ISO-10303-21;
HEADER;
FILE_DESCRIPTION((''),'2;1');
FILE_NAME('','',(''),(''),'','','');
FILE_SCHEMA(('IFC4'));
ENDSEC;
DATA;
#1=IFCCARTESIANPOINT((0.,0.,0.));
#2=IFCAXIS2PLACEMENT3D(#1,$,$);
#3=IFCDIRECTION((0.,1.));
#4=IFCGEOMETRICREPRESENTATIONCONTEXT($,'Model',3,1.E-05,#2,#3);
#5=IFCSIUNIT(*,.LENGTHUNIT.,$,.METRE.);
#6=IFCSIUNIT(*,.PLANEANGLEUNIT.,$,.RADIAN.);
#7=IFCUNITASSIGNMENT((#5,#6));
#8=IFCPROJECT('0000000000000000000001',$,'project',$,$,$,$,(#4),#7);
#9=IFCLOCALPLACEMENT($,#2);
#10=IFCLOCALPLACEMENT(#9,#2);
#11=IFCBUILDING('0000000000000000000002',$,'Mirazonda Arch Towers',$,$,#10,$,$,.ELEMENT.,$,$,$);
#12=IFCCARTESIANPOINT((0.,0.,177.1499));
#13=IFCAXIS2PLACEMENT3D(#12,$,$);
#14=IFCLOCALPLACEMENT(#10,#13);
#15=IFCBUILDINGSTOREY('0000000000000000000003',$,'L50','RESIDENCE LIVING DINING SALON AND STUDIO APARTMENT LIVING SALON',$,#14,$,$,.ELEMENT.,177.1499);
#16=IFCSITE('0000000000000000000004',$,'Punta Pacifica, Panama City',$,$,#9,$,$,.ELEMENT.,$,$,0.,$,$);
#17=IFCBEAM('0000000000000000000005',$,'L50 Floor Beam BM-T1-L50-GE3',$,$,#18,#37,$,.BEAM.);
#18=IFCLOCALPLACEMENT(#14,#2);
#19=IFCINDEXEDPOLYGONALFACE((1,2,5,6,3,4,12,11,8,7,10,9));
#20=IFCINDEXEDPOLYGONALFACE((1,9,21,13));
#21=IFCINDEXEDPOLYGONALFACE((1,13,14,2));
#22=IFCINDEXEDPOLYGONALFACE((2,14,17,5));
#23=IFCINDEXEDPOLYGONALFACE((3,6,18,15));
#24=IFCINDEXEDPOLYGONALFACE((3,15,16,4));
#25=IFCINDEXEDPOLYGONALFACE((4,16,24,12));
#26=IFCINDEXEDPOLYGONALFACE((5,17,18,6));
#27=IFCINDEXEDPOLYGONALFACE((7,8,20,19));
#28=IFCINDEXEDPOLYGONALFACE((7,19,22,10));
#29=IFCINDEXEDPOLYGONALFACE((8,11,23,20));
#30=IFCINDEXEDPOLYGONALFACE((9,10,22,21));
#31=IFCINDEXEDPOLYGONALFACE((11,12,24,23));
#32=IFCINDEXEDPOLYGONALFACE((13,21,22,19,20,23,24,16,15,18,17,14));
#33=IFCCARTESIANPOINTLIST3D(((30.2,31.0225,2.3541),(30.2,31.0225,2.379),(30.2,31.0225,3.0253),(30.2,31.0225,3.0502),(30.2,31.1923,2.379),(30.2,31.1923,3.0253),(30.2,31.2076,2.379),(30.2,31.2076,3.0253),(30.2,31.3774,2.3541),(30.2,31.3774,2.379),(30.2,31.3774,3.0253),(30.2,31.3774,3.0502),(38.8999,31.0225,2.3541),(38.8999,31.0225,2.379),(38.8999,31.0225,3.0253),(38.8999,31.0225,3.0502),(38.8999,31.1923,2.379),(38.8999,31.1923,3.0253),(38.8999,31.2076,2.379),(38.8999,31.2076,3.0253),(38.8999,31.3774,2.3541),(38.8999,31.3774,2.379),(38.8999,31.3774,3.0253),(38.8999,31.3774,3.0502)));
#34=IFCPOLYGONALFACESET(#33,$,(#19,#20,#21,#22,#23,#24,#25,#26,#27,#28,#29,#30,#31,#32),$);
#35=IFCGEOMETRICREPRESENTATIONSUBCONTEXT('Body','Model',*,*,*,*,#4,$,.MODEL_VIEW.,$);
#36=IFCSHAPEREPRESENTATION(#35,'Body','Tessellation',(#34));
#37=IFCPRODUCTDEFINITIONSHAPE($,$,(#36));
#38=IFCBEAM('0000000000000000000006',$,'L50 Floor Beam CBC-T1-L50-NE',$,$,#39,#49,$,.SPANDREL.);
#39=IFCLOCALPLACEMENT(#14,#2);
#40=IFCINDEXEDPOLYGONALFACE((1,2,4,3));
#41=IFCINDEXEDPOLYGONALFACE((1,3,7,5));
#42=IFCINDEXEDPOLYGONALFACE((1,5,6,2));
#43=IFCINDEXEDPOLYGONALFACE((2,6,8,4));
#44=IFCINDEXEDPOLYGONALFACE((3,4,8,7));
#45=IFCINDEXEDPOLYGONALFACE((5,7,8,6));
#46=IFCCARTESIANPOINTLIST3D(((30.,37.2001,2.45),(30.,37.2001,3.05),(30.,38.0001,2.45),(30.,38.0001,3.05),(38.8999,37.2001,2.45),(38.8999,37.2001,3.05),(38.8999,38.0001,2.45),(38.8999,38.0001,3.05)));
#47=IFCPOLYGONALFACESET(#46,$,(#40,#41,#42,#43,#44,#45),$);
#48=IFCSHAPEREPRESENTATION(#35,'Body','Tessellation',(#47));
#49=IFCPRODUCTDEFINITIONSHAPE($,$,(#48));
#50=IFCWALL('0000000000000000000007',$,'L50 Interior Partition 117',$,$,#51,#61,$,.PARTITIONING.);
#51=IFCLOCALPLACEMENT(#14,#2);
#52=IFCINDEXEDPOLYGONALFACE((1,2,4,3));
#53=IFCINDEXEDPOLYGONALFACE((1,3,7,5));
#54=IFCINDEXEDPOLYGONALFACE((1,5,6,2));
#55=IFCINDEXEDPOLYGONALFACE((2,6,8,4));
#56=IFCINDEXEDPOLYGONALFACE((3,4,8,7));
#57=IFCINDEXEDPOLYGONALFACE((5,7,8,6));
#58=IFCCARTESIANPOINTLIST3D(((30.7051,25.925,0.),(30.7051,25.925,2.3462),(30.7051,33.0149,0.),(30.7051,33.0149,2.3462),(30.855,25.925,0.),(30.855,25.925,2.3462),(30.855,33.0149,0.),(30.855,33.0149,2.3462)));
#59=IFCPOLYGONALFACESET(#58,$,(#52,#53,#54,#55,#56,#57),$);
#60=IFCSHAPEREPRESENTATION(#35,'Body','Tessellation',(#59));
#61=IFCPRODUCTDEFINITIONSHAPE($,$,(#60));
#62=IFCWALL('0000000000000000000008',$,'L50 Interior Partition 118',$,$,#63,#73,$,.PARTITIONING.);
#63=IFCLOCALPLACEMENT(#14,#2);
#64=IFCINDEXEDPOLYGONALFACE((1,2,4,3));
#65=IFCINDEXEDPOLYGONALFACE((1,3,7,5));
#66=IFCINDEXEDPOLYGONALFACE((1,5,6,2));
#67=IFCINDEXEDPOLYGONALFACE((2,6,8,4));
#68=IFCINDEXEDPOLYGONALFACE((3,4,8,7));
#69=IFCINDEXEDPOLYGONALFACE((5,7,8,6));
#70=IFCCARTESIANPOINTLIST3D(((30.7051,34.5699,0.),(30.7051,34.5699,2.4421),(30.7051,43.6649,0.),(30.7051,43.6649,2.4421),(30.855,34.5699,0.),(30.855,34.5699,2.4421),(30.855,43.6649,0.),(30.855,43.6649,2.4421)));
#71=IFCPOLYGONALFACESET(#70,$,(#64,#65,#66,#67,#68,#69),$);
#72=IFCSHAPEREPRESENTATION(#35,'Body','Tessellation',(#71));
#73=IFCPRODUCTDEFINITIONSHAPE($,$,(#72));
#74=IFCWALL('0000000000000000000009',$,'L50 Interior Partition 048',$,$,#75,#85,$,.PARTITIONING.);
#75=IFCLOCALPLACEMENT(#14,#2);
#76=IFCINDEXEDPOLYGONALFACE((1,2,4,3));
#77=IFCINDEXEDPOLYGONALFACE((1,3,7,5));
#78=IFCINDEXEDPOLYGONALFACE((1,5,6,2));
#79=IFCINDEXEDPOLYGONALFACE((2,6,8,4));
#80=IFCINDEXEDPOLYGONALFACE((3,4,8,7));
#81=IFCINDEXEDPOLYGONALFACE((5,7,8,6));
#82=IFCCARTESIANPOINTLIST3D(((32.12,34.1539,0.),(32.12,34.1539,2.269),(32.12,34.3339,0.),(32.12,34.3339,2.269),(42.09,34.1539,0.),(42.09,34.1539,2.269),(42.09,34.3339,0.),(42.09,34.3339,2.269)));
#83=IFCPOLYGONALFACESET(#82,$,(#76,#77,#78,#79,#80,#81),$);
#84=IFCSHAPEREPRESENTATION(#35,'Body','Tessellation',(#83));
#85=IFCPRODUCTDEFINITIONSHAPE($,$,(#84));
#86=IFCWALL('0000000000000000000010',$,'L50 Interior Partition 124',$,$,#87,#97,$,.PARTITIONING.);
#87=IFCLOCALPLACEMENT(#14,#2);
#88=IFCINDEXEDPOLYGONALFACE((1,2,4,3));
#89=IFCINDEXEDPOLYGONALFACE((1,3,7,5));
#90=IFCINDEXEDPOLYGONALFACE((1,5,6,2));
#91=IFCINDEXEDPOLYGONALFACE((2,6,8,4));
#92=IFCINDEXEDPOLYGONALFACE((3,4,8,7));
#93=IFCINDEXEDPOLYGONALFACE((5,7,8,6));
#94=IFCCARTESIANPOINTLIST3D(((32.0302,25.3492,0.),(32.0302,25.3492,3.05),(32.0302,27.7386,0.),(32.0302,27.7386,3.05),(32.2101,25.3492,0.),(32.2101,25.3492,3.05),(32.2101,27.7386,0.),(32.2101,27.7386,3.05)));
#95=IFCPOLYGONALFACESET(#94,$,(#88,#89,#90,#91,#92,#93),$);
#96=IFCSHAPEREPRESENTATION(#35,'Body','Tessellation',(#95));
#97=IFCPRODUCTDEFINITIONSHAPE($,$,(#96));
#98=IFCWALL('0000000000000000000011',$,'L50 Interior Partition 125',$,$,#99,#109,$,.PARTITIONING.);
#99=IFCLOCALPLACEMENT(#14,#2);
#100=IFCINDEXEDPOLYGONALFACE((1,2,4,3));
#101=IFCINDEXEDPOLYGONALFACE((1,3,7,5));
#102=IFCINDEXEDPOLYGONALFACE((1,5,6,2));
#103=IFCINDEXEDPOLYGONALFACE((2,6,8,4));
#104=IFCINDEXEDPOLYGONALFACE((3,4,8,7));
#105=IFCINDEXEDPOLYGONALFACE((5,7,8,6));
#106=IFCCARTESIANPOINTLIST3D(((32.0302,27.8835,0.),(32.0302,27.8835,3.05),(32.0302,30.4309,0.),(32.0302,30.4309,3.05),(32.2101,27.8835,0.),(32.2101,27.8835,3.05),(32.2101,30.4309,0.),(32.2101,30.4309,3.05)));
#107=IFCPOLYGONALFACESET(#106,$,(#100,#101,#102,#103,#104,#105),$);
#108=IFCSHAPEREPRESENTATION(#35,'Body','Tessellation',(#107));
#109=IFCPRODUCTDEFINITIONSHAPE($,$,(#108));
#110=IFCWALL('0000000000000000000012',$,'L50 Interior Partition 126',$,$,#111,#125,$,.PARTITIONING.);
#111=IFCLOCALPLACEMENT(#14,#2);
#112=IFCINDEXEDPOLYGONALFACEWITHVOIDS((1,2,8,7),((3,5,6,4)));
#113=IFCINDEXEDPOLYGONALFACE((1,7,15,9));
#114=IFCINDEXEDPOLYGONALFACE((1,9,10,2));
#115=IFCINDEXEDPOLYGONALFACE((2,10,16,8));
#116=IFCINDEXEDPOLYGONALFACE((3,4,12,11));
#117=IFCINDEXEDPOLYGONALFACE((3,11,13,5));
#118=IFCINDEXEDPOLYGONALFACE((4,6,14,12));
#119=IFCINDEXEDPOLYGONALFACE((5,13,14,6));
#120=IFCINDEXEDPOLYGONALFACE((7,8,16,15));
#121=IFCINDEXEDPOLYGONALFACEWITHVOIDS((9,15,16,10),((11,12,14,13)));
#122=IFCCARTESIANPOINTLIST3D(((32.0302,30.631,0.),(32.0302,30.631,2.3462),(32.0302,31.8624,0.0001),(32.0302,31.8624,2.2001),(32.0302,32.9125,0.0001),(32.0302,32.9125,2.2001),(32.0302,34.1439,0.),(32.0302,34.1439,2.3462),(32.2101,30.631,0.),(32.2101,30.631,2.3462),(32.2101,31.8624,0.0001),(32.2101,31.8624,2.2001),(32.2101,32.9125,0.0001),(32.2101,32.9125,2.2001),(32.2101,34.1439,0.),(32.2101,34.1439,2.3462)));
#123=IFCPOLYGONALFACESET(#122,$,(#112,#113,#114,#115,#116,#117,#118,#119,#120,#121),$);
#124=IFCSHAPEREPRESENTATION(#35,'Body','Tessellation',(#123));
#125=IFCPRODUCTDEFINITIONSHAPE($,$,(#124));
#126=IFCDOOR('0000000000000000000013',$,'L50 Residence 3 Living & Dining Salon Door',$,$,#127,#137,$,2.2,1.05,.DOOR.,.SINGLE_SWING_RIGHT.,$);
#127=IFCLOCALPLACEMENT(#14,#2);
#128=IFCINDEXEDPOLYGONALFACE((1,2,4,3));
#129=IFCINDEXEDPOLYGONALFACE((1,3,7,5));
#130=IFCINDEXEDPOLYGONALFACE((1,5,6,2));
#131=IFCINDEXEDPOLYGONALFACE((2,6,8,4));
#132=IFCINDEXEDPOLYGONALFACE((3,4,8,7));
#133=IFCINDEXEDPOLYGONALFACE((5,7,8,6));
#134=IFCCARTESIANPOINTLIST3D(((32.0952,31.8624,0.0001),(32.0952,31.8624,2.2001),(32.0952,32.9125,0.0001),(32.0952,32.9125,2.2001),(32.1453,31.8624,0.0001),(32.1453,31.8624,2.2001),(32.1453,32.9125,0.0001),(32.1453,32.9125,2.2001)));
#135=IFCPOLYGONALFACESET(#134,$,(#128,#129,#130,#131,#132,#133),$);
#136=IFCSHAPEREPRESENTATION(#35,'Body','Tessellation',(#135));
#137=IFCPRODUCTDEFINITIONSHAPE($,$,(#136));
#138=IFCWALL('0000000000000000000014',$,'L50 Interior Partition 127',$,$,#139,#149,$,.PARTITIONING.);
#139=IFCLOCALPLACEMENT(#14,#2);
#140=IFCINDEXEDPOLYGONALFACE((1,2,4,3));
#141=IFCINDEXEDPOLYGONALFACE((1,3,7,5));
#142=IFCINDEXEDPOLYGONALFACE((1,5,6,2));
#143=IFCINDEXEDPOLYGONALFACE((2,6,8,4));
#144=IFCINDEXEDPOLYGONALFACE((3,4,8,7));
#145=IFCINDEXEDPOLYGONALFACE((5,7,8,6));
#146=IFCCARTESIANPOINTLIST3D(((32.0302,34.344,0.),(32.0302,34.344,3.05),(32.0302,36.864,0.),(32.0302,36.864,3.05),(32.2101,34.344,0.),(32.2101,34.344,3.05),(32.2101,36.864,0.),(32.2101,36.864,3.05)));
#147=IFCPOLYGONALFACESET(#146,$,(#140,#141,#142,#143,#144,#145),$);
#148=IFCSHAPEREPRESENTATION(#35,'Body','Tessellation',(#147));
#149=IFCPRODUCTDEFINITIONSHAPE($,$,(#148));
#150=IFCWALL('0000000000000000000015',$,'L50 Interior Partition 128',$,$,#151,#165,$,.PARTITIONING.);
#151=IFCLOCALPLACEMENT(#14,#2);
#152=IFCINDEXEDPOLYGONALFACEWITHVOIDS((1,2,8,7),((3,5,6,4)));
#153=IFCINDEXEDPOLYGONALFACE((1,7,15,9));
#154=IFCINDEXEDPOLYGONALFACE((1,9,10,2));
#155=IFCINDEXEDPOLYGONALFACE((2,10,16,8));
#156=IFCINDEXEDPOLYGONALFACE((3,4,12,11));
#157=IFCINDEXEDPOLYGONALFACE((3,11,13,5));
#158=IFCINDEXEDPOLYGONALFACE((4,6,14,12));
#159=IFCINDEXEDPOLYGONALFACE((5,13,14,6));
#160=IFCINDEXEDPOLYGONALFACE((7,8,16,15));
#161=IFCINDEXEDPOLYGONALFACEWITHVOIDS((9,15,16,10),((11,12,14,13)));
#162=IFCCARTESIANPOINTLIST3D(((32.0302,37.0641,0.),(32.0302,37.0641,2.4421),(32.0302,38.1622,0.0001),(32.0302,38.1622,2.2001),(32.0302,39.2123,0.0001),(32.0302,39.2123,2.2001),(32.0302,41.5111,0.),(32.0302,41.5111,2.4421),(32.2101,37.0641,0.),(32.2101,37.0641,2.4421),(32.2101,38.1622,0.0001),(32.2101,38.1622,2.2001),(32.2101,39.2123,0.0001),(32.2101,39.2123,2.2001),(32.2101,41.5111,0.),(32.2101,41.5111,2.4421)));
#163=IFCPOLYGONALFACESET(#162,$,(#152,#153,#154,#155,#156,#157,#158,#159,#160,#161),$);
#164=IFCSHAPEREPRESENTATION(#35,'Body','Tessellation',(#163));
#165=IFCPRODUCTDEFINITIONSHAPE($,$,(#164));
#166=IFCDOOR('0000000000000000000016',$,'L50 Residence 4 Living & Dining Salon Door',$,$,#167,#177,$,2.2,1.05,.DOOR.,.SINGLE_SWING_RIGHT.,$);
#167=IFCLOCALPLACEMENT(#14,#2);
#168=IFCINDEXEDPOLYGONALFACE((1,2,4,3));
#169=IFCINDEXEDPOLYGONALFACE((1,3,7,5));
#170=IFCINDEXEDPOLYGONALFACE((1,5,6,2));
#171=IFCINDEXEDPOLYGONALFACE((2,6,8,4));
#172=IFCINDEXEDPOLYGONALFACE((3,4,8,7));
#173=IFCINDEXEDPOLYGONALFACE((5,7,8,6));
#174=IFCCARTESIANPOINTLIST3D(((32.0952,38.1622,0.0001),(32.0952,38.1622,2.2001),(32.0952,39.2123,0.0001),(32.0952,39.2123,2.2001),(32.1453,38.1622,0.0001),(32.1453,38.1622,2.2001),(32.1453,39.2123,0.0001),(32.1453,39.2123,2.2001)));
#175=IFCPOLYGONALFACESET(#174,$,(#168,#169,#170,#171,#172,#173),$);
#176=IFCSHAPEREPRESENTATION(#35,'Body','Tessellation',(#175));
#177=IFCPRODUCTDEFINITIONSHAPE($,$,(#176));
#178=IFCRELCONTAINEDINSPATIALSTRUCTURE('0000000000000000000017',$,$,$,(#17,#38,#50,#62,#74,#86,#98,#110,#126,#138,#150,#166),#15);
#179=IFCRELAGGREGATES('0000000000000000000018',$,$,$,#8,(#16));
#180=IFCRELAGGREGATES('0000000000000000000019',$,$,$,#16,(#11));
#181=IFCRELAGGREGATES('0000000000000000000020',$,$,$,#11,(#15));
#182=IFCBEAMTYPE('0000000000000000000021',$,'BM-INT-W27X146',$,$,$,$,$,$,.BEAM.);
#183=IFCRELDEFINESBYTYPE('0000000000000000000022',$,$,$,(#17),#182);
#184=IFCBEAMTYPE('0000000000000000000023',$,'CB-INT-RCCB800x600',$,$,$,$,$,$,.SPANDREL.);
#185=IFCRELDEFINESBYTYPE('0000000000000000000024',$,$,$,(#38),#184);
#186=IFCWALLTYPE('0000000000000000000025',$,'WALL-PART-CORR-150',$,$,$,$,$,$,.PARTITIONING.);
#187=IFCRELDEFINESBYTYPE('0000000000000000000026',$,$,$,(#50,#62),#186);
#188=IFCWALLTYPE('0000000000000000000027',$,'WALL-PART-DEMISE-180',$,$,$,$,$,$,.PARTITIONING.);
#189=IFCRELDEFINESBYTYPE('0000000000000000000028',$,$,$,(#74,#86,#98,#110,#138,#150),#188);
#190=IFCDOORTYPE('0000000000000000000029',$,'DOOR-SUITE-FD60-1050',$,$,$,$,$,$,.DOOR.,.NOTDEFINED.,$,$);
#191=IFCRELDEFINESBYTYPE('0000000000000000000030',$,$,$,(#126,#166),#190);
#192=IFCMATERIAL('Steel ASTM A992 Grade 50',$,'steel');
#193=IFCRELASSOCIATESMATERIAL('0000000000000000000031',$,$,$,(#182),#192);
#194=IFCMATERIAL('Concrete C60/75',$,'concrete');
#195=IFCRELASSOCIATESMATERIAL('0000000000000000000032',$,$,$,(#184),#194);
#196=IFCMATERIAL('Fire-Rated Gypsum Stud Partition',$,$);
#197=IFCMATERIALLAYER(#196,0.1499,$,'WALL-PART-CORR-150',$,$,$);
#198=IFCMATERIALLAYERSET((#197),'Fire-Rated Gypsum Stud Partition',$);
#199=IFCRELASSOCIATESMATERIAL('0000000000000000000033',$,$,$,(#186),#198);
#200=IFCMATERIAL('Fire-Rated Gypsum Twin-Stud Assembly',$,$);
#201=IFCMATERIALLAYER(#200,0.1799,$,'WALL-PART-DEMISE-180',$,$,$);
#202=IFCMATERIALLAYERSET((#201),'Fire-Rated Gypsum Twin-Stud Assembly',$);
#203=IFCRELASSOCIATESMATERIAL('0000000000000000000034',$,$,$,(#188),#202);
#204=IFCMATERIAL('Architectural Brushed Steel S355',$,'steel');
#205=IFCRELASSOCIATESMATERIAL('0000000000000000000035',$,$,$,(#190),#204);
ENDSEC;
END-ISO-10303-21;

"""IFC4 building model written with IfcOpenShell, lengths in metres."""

from ifc_helpers import new_model, si_unit, direction, frame, frame_2d, origin, origin_2d, place, context, subcontext, project, spatial, rectangle, i_section, extrude, material, layer, layer_set, material_profile, profile_set, type_object, element, fill, save


model = new_model("IFC4")

# Units and contexts
model_context = context("Model", 3, precision=1e-05, world=origin(), true_north=direction((0.0, 1.0)))
body_context = subcontext(model_context, "Body", "Model", "MODEL_VIEW")
ifc_project = project(units=[si_unit("LENGTHUNIT", "METRE"), si_unit("PLANEANGLEUNIT", "RADIAN")], contexts=[model_context])

# Site, building, storey
site_placement = place(None, origin())
site = spatial("IfcSite", under=ifc_project, at=site_placement, Name="Punta Pacifica, Panama City", CompositionType="ELEMENT", RefElevation=0.0)
building_placement = place(site_placement, origin())
building = spatial("IfcBuilding", under=site, at=building_placement, Name="Mirazonda Arch Towers", CompositionType="ELEMENT")
storey_placement = place(building_placement, frame((0.0, 0.0, 177.1499)))
storey = spatial("IfcBuildingStorey", under=building, at=storey_placement, Name="L50", Description="RESIDENCE LIVING DINING SALON AND STUDIO APARTMENT LIVING SALON", CompositionType="ELEMENT", Elevation=177.1499)

# Beams
ifc_material_1 = material(Name="Steel ASTM A992 Grade 50", Category="steel")
ifc_material_profile_1 = material_profile(ifc_material_1, i_section(OverallWidth=0.355, OverallDepth=0.696, WebThickness=0.0154, FlangeThickness=0.0249, at=origin_2d()), Name="W27X146")
ifc_profile_set_1 = profile_set([ifc_material_profile_1], Name="Steel ASTM A992 Grade 50")
beam_type_1 = type_object("IfcBeamType", Name="BM-INT-W27X146", PredefinedType="BEAM", material=ifc_profile_set_1)
beam_1_placement = place(storey_placement, frame((30.2, 31.2, 2.7021), z_axis=(1.0, 0.0, 0.0), x_axis=(0.0, 1.0, 0.0)))
element("IfcBeam", 1, at=beam_1_placement, inside=storey, type_object=beam_type_1, Name="L50 Floor Beam BM-T1-L50-GE3", PredefinedType="BEAM", context=body_context, shape_type="SweptSolid", body=[
    extrude(i_section(OverallWidth=0.355, OverallDepth=0.696, WebThickness=0.0154, FlangeThickness=0.0249, at=origin_2d()), origin(), (0.0, 0.0, 1.0), 8.7),
])
ifc_material_2 = material(Name="Concrete C60/75", Category="concrete")
ifc_material_profile_2 = material_profile(ifc_material_2, rectangle(XDim=0.8, YDim=0.6001, at=origin_2d()), Name="RCCB800x600")
ifc_profile_set_2 = profile_set([ifc_material_profile_2], Name="Concrete C60/75")
beam_type_2 = type_object("IfcBeamType", Name="CB-INT-RCCB800x600", PredefinedType="SPANDREL", material=ifc_profile_set_2)
beam_2_placement = place(storey_placement, frame((30.0, 37.6001, 2.75), z_axis=(1.0, 0.0, 0.0), x_axis=(0.0, 1.0, 0.0)))
element("IfcBeam", 2, at=beam_2_placement, inside=storey, type_object=beam_type_2, Name="L50 Floor Beam CBC-T1-L50-NE", PredefinedType="SPANDREL", context=body_context, shape_type="SweptSolid", body=[
    extrude(rectangle(XDim=0.8, YDim=0.6001, at=origin_2d()), origin(), (0.0, 0.0, 1.0), 8.8999),
])

# Walls
ifc_material_3 = material(Name="Fire-Rated Gypsum Stud Partition")
ifc_layer_1 = layer(ifc_material_3, 0.1499, Name="WALL-PART-CORR-150")
ifc_layer_set_1 = layer_set([ifc_layer_1], Name="Fire-Rated Gypsum Stud Partition")
wall_type_1 = type_object("IfcWallType", Name="WALL-PART-CORR-150", PredefinedType="PARTITIONING", material=ifc_layer_set_1)
wall_1_placement = place(storey_placement, frame((30.78, 25.925, 0.0), z_axis=(0.0, 0.0, 1.0), x_axis=(0.0, 1.0, 0.0)))
element("IfcWall", 3, at=wall_1_placement, inside=storey, type_object=wall_type_1, Name="L50 Interior Partition 117", PredefinedType="PARTITIONING", context=body_context, shape_type="SweptSolid", body=[
    extrude(rectangle(XDim=7.0898, YDim=0.1499, at=frame_2d((3.5449, 0.0))), origin(), (0.0, 0.0, 1.0), 2.3462),
])
wall_2_placement = place(storey_placement, frame((30.78, 34.5701, 0.0), z_axis=(0.0, 0.0, 1.0), x_axis=(0.0, 1.0, 0.0)))
element("IfcWall", 4, at=wall_2_placement, inside=storey, type_object=wall_type_1, Name="L50 Interior Partition 118", PredefinedType="PARTITIONING", context=body_context, shape_type="SweptSolid", body=[
    extrude(rectangle(XDim=9.095, YDim=0.1499, at=frame_2d((4.5474, 0.0))), origin(), (0.0, 0.0, 1.0), 2.4421),
])

# Shared definitions
ifc_material_4 = material(Name="Fire-Rated Gypsum Twin-Stud Assembly")
ifc_layer_2 = layer(ifc_material_4, 0.1799, Name="WALL-PART-DEMISE-180")
ifc_layer_set_2 = layer_set([ifc_layer_2], Name="Fire-Rated Gypsum Twin-Stud Assembly")
wall_type_2 = type_object("IfcWallType", Name="WALL-PART-DEMISE-180", PredefinedType="PARTITIONING", material=ifc_layer_set_2)
ifc_material_5 = material(Name="Architectural Brushed Steel S355", Category="steel")

# Wall
wall_3_placement = place(storey_placement, frame((32.1201, 34.2439, 0.0), z_axis=(0.0, 0.0, 1.0), x_axis=(1.0, 0.0, 0.0)))
element("IfcWall", 5, at=wall_3_placement, inside=storey, type_object=wall_type_2, Name="L50 Interior Partition 048", PredefinedType="PARTITIONING", context=body_context, shape_type="SweptSolid", body=[
    extrude(rectangle(XDim=9.97, YDim=0.1799, at=frame_2d((4.9849, 0.0))), origin(), (0.0, 0.0, 1.0), 2.269),
])

# Walls
wall_4_placement = place(storey_placement, frame((32.1201, 25.3491, 0.0), z_axis=(0.0, 0.0, 1.0), x_axis=(0.0, 1.0, 0.0)))
element("IfcWall", 6, at=wall_4_placement, inside=storey, type_object=wall_type_2, Name="L50 Interior Partition 124", PredefinedType="PARTITIONING", context=body_context, shape_type="SweptSolid", body=[
    extrude(rectangle(XDim=2.3894, YDim=0.1799, at=frame_2d((1.1948, 0.0))), origin(), (0.0, 0.0, 1.0), 3.05),
])
wall_5_placement = place(storey_placement, frame((32.1201, 27.8835, 0.0), z_axis=(0.0, 0.0, 1.0), x_axis=(0.0, 1.0, 0.0)))
element("IfcWall", 7, at=wall_5_placement, inside=storey, type_object=wall_type_2, Name="L50 Interior Partition 125", PredefinedType="PARTITIONING", context=body_context, shape_type="SweptSolid", body=[
    extrude(rectangle(XDim=2.5474, YDim=0.1799, at=frame_2d((1.2737, 0.0))), origin(), (0.0, 0.0, 1.0), 3.05),
])

# Wall, opening, door
wall_6_placement = place(storey_placement, frame((32.1201, 30.6311, 0.0), z_axis=(0.0, 0.0, 1.0), x_axis=(0.0, 1.0, 0.0)))
wall_6 = element("IfcWall", 8, at=wall_6_placement, inside=storey, type_object=wall_type_2, Name="L50 Interior Partition 126", PredefinedType="PARTITIONING", context=body_context, shape_type="SweptSolid", body=[
    extrude(rectangle(XDim=3.5129, YDim=0.1799, at=frame_2d((1.7563, 0.0))), origin(), (0.0, 0.0, 1.0), 2.3462),
])
opening_1_placement = place(wall_6_placement, frame((1.2314, 0.0, 0.0)))
opening_1 = element("IfcOpeningElement", 9, at=opening_1_placement, cuts=wall_6, PredefinedType="OPENING", context=body_context, shape_type="SweptSolid", body=[
    extrude(rectangle(XDim=1.05, YDim=2.2, at=frame_2d((0.5249, 1.1001))), frame((0.0, 0.0999, 0.0), z_axis=(0.0, -1.0, 0.0), x_axis=(1.0, 0.0, 0.0)), (0.0, 0.0, 1.0), 0.2),
])
door_type_1 = type_object("IfcDoorType", Name="DOOR-SUITE-FD60-1050", OperationType="NOTDEFINED", PredefinedType="DOOR", material=ifc_material_5)
door_1_placement = place(opening_1_placement, origin())
door_1 = element("IfcDoor", 10, at=door_1_placement, inside=storey, type_object=door_type_1, Name="L50 Residence 3 Living & Dining Salon Door", OperationType="SINGLE_SWING_RIGHT", OverallHeight=2.2, OverallWidth=1.05, PredefinedType="DOOR", context=body_context, shape_type="SweptSolid", body=[
    extrude(rectangle(XDim=1.05, YDim=2.2, at=frame_2d((0.5249, 1.1001))), frame((0.0, 0.0249, 0.0), z_axis=(0.0, -1.0, 0.0), x_axis=(1.0, 0.0, 0.0)), (0.0, 0.0, 1.0), 0.05),
])
fill(opening_1, door_1)

# Wall
wall_7_placement = place(storey_placement, frame((32.1201, 34.344, 0.0), z_axis=(0.0, 0.0, 1.0), x_axis=(0.0, 1.0, 0.0)))
element("IfcWall", 11, at=wall_7_placement, inside=storey, type_object=wall_type_2, Name="L50 Interior Partition 127", PredefinedType="PARTITIONING", context=body_context, shape_type="SweptSolid", body=[
    extrude(rectangle(XDim=2.52, YDim=0.1799, at=frame_2d((1.26, 0.0))), origin(), (0.0, 0.0, 1.0), 3.05),
])

# Wall, opening, door
wall_8_placement = place(storey_placement, frame((32.1201, 37.064, 0.0), z_axis=(0.0, 0.0, 1.0), x_axis=(0.0, 1.0, 0.0)))
wall_8 = element("IfcWall", 12, at=wall_8_placement, inside=storey, type_object=wall_type_2, Name="L50 Interior Partition 128", PredefinedType="PARTITIONING", context=body_context, shape_type="SweptSolid", body=[
    extrude(rectangle(XDim=4.447, YDim=0.1799, at=frame_2d((2.2236, 0.0))), origin(), (0.0, 0.0, 1.0), 2.4421),
])
opening_2_placement = place(wall_8_placement, frame((1.0984, 0.0, 0.0)))
opening_2 = element("IfcOpeningElement", 13, at=opening_2_placement, cuts=wall_8, PredefinedType="OPENING", context=body_context, shape_type="SweptSolid", body=[
    extrude(rectangle(XDim=1.05, YDim=2.2, at=frame_2d((0.5249, 1.1001))), frame((0.0, 0.0999, 0.0), z_axis=(0.0, -1.0, 0.0), x_axis=(1.0, 0.0, 0.0)), (0.0, 0.0, 1.0), 0.2),
])
door_2_placement = place(opening_2_placement, origin())
door_2 = element("IfcDoor", 14, at=door_2_placement, inside=storey, type_object=door_type_1, Name="L50 Residence 4 Living & Dining Salon Door", OperationType="SINGLE_SWING_RIGHT", OverallHeight=2.2, OverallWidth=1.05, PredefinedType="DOOR", context=body_context, shape_type="SweptSolid", body=[
    extrude(rectangle(XDim=1.05, YDim=2.2, at=frame_2d((0.5249, 1.1001))), frame((0.0, 0.0249, 0.0), z_axis=(0.0, -1.0, 0.0), x_axis=(1.0, 0.0, 0.0)), (0.0, 0.0, 1.0), 0.05),
])
fill(opening_2, door_2)

save(model, "model.ifc")
